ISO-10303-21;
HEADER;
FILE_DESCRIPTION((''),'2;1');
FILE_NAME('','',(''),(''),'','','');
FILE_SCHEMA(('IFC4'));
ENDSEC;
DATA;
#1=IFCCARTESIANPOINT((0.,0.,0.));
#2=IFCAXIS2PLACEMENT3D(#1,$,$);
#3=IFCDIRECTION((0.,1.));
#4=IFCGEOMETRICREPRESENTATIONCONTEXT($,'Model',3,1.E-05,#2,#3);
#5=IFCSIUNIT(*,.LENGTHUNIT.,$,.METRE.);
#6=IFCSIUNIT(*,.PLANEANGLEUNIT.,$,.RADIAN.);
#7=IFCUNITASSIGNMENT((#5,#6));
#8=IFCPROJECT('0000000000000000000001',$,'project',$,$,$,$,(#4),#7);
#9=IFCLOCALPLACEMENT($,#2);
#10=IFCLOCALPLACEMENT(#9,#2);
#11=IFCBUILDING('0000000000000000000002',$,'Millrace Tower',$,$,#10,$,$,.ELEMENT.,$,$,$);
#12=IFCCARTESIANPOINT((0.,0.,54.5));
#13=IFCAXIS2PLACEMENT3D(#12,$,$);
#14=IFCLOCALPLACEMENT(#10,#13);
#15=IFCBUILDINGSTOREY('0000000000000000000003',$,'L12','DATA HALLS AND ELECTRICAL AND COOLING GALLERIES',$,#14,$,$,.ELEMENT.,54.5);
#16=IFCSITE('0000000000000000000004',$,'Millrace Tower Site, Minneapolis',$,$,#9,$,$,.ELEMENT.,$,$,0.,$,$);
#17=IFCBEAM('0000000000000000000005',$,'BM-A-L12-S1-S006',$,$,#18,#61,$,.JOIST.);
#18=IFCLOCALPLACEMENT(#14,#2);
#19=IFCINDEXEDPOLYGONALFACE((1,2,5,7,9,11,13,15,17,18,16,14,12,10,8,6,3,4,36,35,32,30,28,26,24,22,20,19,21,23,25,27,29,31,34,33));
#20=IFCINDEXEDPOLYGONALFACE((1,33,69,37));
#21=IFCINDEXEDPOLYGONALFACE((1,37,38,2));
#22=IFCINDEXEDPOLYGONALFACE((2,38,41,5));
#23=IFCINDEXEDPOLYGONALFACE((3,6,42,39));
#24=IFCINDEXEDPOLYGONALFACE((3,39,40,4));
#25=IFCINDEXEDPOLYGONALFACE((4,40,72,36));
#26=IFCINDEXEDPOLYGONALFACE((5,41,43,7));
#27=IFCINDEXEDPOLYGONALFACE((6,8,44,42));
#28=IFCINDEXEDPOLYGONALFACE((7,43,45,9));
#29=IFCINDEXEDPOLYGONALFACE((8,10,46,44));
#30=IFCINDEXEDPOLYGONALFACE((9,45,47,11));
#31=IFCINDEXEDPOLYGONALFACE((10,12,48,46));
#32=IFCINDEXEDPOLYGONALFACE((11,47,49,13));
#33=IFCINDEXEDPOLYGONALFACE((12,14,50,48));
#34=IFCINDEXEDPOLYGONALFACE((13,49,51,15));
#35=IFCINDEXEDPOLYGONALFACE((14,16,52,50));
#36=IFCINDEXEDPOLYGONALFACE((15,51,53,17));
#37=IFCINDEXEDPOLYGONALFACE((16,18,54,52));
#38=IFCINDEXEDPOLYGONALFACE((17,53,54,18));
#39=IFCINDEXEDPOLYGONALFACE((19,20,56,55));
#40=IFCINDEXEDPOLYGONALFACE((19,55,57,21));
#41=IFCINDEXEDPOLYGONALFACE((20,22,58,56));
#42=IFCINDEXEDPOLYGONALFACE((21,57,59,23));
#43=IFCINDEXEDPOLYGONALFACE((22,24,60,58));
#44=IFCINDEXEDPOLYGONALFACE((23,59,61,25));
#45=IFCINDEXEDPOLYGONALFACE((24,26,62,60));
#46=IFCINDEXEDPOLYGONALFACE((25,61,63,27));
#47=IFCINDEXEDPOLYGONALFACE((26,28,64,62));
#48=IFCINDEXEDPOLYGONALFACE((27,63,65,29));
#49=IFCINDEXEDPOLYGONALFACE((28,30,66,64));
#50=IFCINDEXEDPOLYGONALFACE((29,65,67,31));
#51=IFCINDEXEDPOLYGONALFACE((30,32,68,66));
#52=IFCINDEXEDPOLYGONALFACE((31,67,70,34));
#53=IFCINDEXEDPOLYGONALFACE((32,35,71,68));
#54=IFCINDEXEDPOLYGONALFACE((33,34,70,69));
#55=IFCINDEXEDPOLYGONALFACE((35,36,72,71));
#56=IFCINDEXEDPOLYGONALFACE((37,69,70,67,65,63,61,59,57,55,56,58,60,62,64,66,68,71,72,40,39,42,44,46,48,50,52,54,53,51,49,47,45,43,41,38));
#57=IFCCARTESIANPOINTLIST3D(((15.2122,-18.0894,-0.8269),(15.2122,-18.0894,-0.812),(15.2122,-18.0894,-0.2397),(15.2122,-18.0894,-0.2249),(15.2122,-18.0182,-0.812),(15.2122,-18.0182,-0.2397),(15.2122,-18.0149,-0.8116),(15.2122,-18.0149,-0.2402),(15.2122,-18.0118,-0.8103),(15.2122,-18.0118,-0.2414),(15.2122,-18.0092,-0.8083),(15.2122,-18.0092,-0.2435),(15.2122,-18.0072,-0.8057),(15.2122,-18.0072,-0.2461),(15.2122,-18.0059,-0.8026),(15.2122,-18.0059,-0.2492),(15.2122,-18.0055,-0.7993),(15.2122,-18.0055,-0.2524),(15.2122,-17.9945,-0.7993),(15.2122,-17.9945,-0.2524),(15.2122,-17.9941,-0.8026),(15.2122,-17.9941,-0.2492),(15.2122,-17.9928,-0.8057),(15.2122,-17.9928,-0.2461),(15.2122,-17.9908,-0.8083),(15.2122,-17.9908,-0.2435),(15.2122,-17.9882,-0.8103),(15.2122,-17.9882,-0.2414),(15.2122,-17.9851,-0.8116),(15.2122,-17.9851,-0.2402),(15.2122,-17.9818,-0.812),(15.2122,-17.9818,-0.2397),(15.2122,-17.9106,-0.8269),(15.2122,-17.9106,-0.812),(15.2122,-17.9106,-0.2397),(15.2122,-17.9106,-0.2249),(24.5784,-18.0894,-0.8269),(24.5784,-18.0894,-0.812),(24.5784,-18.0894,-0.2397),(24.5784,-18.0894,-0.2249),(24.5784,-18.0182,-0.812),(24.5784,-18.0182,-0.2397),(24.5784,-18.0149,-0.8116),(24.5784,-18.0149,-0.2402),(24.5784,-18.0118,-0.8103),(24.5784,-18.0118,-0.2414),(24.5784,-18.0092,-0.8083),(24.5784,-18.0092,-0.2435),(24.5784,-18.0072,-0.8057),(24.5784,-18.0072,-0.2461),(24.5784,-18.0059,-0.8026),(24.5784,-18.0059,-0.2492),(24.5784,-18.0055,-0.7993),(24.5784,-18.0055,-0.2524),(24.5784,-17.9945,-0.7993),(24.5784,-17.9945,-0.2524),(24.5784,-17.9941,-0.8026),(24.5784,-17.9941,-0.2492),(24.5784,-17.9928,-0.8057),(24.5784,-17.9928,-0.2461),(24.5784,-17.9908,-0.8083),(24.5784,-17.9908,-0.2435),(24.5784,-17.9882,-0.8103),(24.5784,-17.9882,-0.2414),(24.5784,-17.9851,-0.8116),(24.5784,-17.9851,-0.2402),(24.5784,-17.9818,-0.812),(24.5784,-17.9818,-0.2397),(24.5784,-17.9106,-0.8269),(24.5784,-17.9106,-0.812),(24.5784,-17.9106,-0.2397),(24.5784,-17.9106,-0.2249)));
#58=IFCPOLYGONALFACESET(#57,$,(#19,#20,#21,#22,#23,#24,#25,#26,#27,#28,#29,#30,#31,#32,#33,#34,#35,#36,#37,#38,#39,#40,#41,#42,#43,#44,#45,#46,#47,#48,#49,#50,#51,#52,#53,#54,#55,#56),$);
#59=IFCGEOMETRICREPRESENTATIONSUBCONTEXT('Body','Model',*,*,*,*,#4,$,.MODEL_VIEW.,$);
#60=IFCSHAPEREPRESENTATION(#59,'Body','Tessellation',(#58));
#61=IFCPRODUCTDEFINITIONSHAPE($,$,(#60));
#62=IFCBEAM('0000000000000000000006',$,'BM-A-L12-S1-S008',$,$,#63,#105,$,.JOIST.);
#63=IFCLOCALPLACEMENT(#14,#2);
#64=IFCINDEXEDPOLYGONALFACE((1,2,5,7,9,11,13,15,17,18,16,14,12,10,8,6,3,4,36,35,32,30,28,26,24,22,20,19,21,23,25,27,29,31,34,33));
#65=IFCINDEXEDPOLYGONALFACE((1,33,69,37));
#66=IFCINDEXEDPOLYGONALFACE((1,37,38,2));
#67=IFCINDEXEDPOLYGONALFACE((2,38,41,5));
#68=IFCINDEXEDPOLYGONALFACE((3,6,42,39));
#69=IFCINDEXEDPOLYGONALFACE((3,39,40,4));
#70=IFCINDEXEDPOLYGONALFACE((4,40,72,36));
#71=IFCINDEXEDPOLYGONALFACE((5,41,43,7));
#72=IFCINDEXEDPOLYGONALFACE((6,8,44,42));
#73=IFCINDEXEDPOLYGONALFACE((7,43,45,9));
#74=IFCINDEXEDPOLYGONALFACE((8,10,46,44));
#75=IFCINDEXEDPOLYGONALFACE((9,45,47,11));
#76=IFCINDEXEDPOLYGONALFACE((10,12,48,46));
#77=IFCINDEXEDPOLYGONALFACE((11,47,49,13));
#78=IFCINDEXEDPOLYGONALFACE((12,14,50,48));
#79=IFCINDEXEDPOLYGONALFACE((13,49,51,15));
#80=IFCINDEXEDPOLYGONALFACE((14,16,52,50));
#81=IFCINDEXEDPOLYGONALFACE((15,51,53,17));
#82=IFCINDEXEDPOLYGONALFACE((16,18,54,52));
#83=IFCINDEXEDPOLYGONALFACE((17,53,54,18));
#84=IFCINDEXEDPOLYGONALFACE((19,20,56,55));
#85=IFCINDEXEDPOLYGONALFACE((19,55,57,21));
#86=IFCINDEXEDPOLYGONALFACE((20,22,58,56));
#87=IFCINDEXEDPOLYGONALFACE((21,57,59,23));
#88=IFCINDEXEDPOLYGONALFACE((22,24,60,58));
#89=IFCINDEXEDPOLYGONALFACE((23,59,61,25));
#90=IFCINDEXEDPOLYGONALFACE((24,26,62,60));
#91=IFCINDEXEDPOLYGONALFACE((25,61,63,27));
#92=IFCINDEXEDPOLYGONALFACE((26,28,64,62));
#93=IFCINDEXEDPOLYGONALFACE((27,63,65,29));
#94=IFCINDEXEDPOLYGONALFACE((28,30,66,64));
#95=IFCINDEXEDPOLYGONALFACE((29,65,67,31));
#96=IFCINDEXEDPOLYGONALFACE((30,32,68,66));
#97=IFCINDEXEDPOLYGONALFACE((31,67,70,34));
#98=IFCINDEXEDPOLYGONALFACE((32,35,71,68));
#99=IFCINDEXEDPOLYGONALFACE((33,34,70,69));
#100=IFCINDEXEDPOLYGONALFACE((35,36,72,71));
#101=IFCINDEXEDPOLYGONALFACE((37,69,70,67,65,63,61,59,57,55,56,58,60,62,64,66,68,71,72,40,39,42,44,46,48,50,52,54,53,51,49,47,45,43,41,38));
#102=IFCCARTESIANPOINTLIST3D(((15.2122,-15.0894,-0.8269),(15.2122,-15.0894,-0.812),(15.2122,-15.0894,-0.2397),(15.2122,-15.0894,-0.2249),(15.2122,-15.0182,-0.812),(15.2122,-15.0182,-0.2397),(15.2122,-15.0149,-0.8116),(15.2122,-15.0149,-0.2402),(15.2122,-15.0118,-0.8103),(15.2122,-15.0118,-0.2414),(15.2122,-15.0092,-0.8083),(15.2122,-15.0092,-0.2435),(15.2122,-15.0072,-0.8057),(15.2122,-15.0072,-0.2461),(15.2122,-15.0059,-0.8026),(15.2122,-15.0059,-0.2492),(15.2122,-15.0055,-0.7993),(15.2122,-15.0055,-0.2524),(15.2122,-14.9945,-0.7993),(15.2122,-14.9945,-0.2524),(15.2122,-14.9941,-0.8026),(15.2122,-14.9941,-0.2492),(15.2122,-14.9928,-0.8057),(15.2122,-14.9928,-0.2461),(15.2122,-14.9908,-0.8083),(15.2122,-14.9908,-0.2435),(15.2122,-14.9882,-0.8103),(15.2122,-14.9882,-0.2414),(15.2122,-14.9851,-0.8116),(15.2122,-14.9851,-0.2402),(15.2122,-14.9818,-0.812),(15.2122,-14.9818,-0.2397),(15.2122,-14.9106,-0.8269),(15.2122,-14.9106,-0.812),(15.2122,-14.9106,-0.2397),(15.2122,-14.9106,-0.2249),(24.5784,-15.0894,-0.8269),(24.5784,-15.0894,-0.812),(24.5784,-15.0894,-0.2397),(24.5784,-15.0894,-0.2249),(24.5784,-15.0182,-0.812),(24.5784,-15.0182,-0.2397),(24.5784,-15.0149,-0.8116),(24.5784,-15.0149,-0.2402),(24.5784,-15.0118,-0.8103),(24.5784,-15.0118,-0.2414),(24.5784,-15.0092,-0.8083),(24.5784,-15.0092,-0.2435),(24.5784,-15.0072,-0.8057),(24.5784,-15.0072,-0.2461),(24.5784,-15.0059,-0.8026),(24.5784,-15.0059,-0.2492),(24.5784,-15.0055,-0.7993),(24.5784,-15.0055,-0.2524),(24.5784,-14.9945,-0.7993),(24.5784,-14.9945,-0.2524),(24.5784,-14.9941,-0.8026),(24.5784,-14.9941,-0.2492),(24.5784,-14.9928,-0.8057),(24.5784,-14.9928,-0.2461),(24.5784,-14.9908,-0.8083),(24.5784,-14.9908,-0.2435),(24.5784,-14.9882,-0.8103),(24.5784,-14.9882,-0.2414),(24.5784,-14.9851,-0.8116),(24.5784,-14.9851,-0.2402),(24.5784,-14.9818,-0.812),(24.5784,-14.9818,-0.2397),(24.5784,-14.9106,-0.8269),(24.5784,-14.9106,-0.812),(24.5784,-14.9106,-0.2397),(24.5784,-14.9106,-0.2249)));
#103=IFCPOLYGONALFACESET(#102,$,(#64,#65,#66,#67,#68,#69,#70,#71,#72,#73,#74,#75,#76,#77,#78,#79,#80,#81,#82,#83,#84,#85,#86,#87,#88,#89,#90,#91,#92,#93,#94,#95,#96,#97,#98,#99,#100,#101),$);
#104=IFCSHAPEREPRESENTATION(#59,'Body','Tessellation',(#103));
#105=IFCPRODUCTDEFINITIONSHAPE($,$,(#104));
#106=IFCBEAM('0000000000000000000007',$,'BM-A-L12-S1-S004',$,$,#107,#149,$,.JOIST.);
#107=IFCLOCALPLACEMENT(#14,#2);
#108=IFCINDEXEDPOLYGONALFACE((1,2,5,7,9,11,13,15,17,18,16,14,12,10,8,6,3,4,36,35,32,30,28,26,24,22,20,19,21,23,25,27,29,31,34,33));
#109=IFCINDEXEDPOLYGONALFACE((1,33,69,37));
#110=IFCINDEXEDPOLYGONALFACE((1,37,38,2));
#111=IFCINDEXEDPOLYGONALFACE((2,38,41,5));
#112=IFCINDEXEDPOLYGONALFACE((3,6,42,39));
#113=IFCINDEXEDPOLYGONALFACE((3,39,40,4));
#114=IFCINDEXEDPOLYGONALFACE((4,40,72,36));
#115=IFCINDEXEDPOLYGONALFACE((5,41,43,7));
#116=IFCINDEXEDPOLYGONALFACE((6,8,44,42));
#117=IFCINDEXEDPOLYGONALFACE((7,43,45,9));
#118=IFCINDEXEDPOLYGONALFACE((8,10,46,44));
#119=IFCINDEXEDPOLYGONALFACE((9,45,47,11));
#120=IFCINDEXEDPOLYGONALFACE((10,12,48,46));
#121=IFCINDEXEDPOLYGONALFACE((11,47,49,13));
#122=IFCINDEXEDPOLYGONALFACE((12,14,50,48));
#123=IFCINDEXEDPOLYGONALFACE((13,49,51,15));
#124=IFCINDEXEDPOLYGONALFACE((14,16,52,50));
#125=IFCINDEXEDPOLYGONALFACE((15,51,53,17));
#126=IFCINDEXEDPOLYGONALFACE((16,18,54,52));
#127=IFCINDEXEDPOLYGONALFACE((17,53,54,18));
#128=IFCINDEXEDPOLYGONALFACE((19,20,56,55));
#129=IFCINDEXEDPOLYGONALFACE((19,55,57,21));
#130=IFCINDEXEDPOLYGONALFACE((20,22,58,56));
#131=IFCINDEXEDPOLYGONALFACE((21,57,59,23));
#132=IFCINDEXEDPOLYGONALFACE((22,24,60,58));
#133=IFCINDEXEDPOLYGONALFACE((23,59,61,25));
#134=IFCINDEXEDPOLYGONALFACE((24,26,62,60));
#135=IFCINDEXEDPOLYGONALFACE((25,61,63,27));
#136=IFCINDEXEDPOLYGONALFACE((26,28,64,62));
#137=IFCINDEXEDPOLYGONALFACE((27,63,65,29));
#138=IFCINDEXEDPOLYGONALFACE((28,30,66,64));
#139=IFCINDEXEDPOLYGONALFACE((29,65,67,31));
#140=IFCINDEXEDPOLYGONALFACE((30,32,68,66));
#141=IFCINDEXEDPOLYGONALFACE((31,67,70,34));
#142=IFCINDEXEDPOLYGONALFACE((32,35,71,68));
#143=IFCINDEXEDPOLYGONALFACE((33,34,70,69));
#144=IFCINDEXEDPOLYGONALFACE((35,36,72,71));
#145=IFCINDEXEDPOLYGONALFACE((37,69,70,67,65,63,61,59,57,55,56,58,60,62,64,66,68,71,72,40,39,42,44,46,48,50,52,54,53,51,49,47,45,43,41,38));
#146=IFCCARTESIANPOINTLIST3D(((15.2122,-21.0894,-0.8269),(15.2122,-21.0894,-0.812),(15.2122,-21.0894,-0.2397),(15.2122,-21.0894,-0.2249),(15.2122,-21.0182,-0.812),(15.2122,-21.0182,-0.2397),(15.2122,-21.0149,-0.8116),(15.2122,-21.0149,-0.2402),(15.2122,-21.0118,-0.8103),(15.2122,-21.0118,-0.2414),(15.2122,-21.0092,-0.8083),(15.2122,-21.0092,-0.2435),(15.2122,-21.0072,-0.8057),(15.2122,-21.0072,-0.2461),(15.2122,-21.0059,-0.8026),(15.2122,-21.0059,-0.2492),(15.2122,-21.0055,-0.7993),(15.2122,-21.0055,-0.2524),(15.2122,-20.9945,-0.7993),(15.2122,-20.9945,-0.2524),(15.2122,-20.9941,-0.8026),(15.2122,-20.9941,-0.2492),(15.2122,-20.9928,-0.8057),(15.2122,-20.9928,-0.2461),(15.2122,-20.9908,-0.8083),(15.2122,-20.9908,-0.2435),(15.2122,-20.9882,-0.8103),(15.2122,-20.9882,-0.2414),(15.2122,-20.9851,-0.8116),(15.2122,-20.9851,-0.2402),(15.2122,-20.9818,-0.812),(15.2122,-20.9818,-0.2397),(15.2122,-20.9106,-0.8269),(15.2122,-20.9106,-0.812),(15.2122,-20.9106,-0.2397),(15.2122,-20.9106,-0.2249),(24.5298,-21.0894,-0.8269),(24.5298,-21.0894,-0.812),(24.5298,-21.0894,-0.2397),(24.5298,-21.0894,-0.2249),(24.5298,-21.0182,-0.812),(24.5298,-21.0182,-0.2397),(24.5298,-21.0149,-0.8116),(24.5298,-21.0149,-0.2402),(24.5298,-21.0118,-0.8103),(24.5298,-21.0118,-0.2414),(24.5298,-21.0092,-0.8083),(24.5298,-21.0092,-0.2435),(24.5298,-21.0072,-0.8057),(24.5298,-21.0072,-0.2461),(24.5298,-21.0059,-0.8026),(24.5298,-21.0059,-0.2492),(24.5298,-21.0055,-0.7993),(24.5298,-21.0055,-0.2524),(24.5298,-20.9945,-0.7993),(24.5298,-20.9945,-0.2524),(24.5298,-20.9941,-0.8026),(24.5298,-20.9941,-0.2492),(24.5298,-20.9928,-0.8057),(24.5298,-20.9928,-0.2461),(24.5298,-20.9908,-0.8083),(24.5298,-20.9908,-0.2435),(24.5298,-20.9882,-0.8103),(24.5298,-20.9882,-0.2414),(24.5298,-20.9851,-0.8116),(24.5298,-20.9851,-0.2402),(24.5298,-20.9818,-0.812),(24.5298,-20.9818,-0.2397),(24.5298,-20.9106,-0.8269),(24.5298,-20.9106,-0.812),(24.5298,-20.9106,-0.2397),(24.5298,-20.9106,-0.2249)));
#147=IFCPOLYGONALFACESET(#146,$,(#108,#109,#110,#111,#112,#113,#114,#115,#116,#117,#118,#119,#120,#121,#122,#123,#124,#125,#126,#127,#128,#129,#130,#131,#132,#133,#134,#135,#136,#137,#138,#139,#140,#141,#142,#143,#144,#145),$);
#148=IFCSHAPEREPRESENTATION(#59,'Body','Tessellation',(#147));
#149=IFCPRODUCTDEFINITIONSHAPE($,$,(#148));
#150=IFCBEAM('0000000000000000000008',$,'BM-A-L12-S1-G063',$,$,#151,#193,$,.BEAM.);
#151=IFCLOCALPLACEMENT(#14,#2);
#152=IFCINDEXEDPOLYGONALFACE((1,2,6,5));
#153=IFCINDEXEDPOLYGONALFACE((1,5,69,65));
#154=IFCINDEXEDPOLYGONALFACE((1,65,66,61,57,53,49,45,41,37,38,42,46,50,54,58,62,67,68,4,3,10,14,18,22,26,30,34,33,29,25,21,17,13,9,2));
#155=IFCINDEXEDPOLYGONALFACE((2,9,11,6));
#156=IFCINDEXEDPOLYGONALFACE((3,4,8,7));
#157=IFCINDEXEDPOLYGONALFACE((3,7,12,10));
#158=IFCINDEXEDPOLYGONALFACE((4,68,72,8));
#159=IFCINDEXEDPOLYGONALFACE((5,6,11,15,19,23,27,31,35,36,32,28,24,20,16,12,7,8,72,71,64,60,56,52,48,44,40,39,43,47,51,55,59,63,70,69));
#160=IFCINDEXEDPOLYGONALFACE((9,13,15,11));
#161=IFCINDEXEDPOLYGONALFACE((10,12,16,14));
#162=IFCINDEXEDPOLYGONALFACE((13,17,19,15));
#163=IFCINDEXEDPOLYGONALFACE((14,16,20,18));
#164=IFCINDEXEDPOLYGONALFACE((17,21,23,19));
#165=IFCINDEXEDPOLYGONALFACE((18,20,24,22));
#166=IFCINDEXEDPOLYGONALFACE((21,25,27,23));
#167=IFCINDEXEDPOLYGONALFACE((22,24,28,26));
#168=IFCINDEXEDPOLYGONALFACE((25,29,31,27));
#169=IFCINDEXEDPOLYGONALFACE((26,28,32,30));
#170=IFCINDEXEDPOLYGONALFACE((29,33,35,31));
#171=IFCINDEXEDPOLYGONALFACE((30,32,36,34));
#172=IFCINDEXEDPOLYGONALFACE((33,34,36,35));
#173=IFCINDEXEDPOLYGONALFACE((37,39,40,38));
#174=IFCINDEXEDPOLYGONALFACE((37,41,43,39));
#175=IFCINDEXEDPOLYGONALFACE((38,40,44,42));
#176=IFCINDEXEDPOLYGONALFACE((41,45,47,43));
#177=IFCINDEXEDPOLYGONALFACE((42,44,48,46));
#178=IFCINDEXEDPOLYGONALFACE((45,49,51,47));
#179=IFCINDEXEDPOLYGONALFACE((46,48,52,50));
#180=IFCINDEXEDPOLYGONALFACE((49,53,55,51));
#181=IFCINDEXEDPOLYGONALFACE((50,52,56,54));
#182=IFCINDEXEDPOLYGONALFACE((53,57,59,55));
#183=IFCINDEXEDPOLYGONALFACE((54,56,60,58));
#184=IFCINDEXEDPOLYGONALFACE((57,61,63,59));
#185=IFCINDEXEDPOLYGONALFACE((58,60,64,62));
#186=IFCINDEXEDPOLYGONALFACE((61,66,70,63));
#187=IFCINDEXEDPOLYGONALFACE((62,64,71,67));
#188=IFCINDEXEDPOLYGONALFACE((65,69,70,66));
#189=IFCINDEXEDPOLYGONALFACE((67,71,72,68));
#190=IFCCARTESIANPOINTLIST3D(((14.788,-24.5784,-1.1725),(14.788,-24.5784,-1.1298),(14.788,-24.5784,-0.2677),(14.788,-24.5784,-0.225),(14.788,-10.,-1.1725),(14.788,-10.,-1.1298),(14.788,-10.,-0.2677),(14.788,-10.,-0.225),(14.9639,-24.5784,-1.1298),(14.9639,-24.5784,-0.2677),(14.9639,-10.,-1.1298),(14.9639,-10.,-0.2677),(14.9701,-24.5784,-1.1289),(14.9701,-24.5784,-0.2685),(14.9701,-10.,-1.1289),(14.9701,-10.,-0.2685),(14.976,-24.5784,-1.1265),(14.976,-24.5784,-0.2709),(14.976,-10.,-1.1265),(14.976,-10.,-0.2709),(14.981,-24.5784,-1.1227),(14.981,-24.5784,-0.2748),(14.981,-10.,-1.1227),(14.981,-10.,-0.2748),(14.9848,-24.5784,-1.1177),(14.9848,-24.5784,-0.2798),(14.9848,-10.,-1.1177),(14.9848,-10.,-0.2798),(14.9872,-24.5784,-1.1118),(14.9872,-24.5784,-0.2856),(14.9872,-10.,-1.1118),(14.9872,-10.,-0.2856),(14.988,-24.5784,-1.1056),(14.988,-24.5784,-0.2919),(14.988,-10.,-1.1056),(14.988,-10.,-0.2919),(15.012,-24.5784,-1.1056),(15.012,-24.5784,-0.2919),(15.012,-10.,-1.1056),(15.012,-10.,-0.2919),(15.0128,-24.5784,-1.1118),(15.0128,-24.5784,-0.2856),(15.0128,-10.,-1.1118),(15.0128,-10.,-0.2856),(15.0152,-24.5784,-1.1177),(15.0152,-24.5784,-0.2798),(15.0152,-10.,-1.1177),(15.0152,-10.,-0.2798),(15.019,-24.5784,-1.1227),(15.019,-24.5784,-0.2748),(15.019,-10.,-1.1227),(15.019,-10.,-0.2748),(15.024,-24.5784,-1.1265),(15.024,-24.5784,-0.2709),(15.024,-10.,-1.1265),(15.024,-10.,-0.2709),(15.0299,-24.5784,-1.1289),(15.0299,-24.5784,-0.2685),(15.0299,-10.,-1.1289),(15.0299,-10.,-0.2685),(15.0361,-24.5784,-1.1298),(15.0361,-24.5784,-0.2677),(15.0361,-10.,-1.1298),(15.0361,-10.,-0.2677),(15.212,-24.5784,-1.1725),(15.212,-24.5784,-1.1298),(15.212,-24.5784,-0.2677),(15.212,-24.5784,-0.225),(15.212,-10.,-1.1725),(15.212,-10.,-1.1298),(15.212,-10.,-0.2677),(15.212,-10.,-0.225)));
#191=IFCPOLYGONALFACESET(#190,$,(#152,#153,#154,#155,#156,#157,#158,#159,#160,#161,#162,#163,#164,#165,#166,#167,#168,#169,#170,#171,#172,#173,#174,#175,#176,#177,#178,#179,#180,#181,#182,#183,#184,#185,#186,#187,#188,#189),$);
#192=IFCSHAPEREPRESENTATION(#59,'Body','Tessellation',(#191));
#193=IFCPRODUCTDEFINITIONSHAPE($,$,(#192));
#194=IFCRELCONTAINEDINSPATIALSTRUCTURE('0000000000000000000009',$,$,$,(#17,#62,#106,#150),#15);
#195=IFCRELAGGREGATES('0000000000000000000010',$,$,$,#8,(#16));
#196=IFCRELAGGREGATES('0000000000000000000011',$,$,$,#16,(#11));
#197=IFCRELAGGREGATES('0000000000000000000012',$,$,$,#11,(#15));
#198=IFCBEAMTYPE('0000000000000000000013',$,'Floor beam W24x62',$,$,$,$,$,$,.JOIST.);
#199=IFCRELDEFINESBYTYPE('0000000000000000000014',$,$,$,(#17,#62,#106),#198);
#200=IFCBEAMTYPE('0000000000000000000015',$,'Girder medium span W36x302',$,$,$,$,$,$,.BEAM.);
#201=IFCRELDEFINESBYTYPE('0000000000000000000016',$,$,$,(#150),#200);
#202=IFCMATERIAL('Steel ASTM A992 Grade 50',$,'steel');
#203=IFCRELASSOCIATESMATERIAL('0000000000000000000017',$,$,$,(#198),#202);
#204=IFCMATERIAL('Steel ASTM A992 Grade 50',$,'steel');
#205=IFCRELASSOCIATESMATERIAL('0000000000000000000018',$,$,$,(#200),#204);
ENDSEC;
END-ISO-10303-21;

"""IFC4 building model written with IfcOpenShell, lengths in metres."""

from ifc_helpers import new_model, si_unit, direction, frame, origin, origin_2d, place, context, subcontext, project, spatial, i_section, extrude, material, material_profile, profile_set, type_object, element, save


model = new_model("IFC4")

# Units and contexts
model_context = context("Model", 3, precision=1e-05, world=origin(), true_north=direction((0.0, 1.0)))
body_context = subcontext(model_context, "Body", "Model", "MODEL_VIEW")
ifc_project = project(units=[si_unit("LENGTHUNIT", "METRE"), si_unit("PLANEANGLEUNIT", "RADIAN")], contexts=[model_context])

# Site, building, storey
site_placement = place(None, origin())
site = spatial("IfcSite", under=ifc_project, at=site_placement, Name="Millrace Tower Site, Minneapolis", CompositionType="ELEMENT", RefElevation=0.0)
building_placement = place(site_placement, origin())
building = spatial("IfcBuilding", under=site, at=building_placement, Name="Millrace Tower", CompositionType="ELEMENT")
storey_placement = place(building_placement, frame((0.0, 0.0, 54.5)))
storey = spatial("IfcBuildingStorey", under=building, at=storey_placement, Name="L12", Description="DATA HALLS AND ELECTRICAL AND COOLING GALLERIES", CompositionType="ELEMENT", Elevation=54.5)

# Beams
ifc_material_1 = material(Name="Steel ASTM A992 Grade 50", Category="steel")
ifc_material_profile_1 = material_profile(ifc_material_1, i_section(OverallWidth=0.1787, OverallDepth=0.6021, WebThickness=0.011, FlangeThickness=0.0149, FilletRadius=0.0127, at=origin_2d()))
ifc_profile_set_1 = profile_set([ifc_material_profile_1], Name="Steel ASTM A992 Grade 50")
beam_type_1 = type_object("IfcBeamType", Name="Floor beam W24x62", PredefinedType="JOIST", material=ifc_profile_set_1)
for number, where, z_axis, x_axis, name in (
    (1, (15.2122, -18.0, -0.5259), (1.0, 0.0, 0.0), (0.0, 1.0, 0.0), "BM-A-L12-S1-S006"),
    (2, (15.2122, -15.0, -0.5259), (1.0, 0.0, 0.0), (0.0, 1.0, 0.0), "BM-A-L12-S1-S008"),
):
    element("IfcBeam", number, at=place(storey_placement, frame(where, z_axis=z_axis, x_axis=x_axis)), inside=storey, type_object=beam_type_1, Name=name, PredefinedType="JOIST", context=body_context, shape_type="SweptSolid", body=[
        extrude(i_section(OverallWidth=0.1787, OverallDepth=0.6021, WebThickness=0.011, FlangeThickness=0.0149, FilletRadius=0.0127, at=origin_2d()), origin(), (0.0, 0.0, 1.0), 9.3662),
    ])
beam_1_placement = place(storey_placement, frame((15.2122, -21.0, -0.5259), z_axis=(1.0, 0.0, 0.0), x_axis=(0.0, 1.0, 0.0)))
element("IfcBeam", 3, at=beam_1_placement, inside=storey, type_object=beam_type_1, Name="BM-A-L12-S1-S004", PredefinedType="JOIST", context=body_context, shape_type="SweptSolid", body=[
    extrude(i_section(OverallWidth=0.1787, OverallDepth=0.6021, WebThickness=0.011, FlangeThickness=0.0149, FilletRadius=0.0127, at=origin_2d()), origin(), (0.0, 0.0, 1.0), 9.3176),
])
ifc_material_2 = material(Name="Steel ASTM A992 Grade 50", Category="steel")
ifc_material_profile_2 = material_profile(ifc_material_2, i_section(OverallWidth=0.4241, OverallDepth=0.9475, WebThickness=0.0239, FlangeThickness=0.0427, FilletRadius=0.0242, at=origin_2d()))
ifc_profile_set_2 = profile_set([ifc_material_profile_2], Name="Steel ASTM A992 Grade 50")
beam_type_2 = type_object("IfcBeamType", Name="Girder medium span W36x302", PredefinedType="BEAM", material=ifc_profile_set_2)
beam_2_placement = place(storey_placement, frame((15.0, -24.5784, -0.6987), z_axis=(0.0, 1.0, 0.0), x_axis=(-1.0, 0.0, 0.0)))
element("IfcBeam", 4, at=beam_2_placement, inside=storey, type_object=beam_type_2, Name="BM-A-L12-S1-G063", PredefinedType="BEAM", context=body_context, shape_type="SweptSolid", body=[
    extrude(i_section(OverallWidth=0.4241, OverallDepth=0.9475, WebThickness=0.0239, FlangeThickness=0.0427, FilletRadius=0.0242, at=origin_2d()), origin(), (0.0, 0.0, 1.0), 14.5784),
])

save(model, "model.ifc")
